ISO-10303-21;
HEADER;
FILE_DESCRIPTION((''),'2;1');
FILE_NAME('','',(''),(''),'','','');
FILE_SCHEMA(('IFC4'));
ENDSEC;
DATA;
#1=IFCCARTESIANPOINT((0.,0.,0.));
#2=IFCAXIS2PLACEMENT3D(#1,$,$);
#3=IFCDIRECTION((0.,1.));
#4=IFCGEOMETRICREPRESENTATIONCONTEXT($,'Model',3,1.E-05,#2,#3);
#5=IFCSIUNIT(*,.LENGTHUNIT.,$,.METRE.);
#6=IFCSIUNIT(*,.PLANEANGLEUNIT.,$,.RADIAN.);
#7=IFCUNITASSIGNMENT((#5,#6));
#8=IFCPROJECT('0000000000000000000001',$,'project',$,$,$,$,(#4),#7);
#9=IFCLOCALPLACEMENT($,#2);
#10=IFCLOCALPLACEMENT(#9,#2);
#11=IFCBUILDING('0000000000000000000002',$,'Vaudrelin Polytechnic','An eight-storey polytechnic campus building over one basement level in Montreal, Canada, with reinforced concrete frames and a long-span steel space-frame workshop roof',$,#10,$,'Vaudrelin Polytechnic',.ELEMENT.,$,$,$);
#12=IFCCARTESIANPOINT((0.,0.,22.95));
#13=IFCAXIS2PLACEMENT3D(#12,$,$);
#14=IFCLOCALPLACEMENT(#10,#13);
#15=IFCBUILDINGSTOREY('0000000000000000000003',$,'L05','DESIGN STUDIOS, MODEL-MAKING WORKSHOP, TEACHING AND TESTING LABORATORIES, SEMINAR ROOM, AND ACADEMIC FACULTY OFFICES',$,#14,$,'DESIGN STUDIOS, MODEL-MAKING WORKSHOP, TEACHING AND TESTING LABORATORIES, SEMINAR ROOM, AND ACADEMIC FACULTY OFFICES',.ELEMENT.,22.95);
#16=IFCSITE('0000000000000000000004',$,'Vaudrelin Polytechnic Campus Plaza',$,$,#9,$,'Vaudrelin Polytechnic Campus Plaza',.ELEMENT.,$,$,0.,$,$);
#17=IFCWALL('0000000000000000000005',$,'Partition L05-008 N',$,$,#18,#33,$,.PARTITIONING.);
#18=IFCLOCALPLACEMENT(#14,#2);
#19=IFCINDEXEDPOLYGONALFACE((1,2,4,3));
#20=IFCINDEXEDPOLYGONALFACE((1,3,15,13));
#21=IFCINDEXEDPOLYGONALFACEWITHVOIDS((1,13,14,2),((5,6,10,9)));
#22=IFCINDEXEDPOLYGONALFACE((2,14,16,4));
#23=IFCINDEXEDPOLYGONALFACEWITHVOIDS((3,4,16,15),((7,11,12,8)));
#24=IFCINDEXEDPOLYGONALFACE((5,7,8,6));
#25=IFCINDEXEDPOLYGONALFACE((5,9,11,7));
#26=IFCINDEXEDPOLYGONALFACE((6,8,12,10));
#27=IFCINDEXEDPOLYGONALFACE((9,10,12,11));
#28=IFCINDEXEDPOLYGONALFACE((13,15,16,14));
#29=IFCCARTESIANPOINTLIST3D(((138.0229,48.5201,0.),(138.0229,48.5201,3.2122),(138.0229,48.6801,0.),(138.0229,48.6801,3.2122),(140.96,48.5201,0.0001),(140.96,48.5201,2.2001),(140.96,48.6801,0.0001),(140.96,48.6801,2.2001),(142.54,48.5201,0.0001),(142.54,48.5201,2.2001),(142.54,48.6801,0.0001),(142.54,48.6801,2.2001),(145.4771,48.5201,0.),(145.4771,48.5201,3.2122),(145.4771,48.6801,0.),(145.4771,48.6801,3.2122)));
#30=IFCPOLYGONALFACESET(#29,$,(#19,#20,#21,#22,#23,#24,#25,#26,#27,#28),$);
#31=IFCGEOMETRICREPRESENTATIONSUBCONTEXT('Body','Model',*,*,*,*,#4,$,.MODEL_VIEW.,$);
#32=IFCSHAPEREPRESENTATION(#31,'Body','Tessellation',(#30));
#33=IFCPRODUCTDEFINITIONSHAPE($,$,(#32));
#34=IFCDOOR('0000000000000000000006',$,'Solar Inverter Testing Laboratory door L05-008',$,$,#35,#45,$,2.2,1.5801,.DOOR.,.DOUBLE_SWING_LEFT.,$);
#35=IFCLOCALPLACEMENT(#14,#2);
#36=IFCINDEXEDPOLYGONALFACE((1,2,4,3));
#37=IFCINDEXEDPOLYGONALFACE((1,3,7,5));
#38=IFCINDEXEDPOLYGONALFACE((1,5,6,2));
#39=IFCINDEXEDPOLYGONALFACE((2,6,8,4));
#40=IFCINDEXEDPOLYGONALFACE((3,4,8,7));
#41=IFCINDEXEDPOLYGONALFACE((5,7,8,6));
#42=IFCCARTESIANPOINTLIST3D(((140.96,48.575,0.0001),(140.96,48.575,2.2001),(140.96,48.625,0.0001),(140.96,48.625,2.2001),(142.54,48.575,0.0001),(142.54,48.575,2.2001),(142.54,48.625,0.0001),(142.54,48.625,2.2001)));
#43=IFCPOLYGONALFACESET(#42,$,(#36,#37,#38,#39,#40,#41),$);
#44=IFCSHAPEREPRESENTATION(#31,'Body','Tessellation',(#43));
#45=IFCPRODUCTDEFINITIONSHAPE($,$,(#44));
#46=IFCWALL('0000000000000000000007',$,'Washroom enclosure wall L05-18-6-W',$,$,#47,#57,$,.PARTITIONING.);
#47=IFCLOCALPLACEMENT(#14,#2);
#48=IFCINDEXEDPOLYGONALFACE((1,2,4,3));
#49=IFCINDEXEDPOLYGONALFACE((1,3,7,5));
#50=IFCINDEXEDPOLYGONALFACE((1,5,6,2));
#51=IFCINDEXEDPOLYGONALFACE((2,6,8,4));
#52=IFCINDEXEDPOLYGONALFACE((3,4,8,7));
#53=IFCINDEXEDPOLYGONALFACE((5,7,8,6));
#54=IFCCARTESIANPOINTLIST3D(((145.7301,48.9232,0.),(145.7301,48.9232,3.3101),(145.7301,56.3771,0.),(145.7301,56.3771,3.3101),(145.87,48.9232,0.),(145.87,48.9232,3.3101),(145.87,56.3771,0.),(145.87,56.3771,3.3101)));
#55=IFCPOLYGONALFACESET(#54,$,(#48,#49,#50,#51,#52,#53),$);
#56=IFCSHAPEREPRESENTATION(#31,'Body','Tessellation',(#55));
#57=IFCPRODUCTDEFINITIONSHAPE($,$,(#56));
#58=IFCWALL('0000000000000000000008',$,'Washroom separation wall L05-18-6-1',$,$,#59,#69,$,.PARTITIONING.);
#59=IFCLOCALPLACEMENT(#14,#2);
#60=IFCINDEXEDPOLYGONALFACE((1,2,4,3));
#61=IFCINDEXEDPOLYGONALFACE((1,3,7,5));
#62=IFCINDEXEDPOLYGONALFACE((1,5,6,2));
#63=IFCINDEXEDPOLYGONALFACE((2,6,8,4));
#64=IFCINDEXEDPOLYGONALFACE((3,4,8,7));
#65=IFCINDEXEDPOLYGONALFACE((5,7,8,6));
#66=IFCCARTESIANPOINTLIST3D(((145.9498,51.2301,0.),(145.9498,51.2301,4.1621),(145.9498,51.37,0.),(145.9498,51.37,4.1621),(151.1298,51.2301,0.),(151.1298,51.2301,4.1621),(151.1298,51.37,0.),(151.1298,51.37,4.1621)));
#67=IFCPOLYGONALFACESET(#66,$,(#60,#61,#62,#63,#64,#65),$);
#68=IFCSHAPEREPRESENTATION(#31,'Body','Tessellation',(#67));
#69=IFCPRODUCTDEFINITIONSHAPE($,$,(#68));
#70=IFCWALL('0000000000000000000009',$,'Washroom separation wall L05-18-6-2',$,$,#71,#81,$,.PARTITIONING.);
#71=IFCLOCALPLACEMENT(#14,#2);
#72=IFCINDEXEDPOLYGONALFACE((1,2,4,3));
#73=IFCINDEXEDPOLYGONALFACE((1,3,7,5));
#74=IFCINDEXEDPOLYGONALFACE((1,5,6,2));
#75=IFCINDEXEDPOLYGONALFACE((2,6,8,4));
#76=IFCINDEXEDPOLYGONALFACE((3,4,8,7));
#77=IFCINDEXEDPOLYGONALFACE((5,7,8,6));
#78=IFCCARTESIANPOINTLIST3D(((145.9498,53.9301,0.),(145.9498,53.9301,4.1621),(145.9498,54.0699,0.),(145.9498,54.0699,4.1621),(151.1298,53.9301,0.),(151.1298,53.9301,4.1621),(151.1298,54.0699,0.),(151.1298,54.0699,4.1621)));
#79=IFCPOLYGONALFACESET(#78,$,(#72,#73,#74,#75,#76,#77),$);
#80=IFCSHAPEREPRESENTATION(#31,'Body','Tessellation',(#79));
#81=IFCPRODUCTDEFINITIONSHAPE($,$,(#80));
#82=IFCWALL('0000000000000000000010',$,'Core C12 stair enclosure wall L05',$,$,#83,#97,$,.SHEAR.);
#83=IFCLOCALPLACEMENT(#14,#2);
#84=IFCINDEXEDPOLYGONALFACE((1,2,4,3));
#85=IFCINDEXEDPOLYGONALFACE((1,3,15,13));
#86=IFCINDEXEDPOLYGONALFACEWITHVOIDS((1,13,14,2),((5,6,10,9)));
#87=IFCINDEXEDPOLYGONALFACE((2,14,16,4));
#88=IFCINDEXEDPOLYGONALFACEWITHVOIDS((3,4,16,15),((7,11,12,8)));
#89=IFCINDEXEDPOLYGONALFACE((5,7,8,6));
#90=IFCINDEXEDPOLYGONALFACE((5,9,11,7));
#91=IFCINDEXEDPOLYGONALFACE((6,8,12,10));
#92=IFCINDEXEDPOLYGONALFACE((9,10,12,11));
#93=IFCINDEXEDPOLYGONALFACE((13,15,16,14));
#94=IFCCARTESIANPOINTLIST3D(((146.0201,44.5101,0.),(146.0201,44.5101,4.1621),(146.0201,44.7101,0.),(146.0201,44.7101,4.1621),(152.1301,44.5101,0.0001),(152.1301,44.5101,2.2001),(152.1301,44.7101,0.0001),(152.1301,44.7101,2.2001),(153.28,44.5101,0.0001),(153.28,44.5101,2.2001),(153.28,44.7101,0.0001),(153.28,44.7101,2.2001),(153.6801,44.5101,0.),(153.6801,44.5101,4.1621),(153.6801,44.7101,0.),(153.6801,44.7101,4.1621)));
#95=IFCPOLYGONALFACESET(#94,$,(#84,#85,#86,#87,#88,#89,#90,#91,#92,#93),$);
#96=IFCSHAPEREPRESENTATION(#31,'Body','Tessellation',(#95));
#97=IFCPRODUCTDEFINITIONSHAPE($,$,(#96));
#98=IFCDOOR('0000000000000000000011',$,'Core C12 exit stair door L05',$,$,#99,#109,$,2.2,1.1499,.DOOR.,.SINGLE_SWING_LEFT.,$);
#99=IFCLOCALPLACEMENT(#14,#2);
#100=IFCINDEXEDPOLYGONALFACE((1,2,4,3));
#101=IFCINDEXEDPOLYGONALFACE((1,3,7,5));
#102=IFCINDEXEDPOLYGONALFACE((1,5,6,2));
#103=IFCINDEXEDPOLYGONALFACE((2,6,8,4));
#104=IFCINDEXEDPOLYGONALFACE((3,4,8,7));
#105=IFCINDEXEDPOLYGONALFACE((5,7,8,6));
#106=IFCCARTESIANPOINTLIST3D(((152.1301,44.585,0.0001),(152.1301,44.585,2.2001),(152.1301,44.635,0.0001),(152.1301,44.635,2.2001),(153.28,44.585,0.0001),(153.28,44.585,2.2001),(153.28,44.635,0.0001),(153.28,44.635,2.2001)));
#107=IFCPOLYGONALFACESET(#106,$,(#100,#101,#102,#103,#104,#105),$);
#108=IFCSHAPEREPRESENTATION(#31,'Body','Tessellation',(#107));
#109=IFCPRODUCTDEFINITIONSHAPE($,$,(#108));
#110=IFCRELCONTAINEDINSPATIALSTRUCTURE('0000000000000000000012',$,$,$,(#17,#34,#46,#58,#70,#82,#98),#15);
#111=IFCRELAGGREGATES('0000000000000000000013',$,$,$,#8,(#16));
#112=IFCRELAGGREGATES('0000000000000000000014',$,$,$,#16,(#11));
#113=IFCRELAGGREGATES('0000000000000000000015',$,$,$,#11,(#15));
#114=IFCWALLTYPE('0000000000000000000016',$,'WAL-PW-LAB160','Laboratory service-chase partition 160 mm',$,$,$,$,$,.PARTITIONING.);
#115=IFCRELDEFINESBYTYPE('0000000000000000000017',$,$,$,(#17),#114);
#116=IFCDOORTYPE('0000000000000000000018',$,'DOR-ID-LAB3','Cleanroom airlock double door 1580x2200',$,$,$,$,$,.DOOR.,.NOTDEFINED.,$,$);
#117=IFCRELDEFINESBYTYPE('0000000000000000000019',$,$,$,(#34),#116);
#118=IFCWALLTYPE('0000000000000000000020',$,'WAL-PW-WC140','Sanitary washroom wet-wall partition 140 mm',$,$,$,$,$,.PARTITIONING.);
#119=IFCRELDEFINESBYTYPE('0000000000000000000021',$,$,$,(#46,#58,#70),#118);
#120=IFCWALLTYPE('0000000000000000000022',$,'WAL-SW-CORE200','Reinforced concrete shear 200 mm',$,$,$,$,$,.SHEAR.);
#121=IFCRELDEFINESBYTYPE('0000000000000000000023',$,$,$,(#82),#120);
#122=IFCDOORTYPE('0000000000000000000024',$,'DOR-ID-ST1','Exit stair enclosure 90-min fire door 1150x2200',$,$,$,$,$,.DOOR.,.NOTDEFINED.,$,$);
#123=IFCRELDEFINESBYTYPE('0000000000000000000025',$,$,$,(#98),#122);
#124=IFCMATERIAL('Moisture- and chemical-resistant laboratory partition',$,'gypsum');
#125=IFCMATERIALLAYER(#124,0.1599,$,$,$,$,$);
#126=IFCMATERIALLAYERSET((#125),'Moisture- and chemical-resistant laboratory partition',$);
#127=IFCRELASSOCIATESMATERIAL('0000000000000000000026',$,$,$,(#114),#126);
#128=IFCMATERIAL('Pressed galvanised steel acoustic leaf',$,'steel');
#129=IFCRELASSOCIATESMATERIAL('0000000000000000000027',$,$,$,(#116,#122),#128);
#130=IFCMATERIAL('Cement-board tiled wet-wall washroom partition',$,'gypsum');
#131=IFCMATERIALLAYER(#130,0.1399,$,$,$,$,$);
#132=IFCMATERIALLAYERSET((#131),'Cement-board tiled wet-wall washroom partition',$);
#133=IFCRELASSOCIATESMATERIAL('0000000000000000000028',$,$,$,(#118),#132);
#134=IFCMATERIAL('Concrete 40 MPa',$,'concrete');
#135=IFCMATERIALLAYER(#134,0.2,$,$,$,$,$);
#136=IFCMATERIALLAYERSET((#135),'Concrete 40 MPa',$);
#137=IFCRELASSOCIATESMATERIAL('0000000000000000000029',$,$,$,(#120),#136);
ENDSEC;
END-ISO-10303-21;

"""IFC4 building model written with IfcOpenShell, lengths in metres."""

from ifc_helpers import new_model, si_unit, direction, frame, frame_2d, origin, place, context, subcontext, project, spatial, rectangle, extrude, material, layer, layer_set, type_object, element, fill, save


model = new_model("IFC4")

# Units and contexts
model_context = context("Model", 3, precision=1e-05, world=origin(), true_north=direction((0.0, 1.0)))
body_context = subcontext(model_context, "Body", "Model", "MODEL_VIEW")
ifc_project = project(units=[si_unit("LENGTHUNIT", "METRE"), si_unit("PLANEANGLEUNIT", "RADIAN")], contexts=[model_context])

# Site, building, storey
site_placement = place(None, origin())
site = spatial("IfcSite", under=ifc_project, at=site_placement, Name="Vaudrelin Polytechnic Campus Plaza", LongName="Vaudrelin Polytechnic Campus Plaza", CompositionType="ELEMENT", RefElevation=0.0)
building_placement = place(site_placement, origin())
building = spatial("IfcBuilding", under=site, at=building_placement, Name="Vaudrelin Polytechnic", Description="An eight-storey polytechnic campus building over one basement level in Montreal, Canada, with reinforced concrete frames and a long-span steel space-frame workshop roof", LongName="Vaudrelin Polytechnic", CompositionType="ELEMENT")
storey_placement = place(building_placement, frame((0.0, 0.0, 22.95)))
storey = spatial("IfcBuildingStorey", under=building, at=storey_placement, Name="L05", Description="DESIGN STUDIOS, MODEL-MAKING WORKSHOP, TEACHING AND TESTING LABORATORIES, SEMINAR ROOM, AND ACADEMIC FACULTY OFFICES", LongName="DESIGN STUDIOS, MODEL-MAKING WORKSHOP, TEACHING AND TESTING LABORATORIES, SEMINAR ROOM, AND ACADEMIC FACULTY OFFICES", CompositionType="ELEMENT", Elevation=22.95)

# Shared definitions
ifc_material_1 = material(Name="Concrete 40 MPa", Category="concrete")

# Wall, opening, door
ifc_material_2 = material(Name="Moisture- and chemical-resistant laboratory partition", Category="gypsum")
ifc_layer_1 = layer(ifc_material_2, 0.1599)
ifc_layer_set_1 = layer_set([ifc_layer_1], Name="Moisture- and chemical-resistant laboratory partition")
wall_type_1 = type_object("IfcWallType", Name="WAL-PW-LAB160", Description="Laboratory service-chase partition 160 mm", PredefinedType="PARTITIONING", material=ifc_layer_set_1)
wall_1_placement = place(storey_placement, frame((138.0229, 48.6001, 0.0), z_axis=(0.0, 0.0, 1.0), x_axis=(1.0, 0.0, 0.0)))
wall_1 = element("IfcWall", 1, at=wall_1_placement, inside=storey, type_object=wall_type_1, Name="Partition L05-008 N", PredefinedType="PARTITIONING", context=body_context, shape_type="SweptSolid", body=[
    extrude(rectangle(XDim=7.4541, YDim=0.1599, at=frame_2d((3.7271, 0.0))), origin(), (0.0, 0.0, 1.0), 3.2122),
])
opening_1_placement = place(wall_1_placement, frame((2.937, 0.0, 0.0)))
opening_1 = element("IfcOpeningElement", 2, at=opening_1_placement, cuts=wall_1, PredefinedType="OPENING", context=body_context, shape_type="SweptSolid", body=[
    extrude(rectangle(XDim=1.5801, YDim=2.2, at=frame_2d((0.79, 1.1001))), frame((0.0, 0.0898, 0.0), z_axis=(0.0, -1.0, 0.0), x_axis=(1.0, 0.0, 0.0)), (0.0, 0.0, 1.0), 0.1799),
])
ifc_material_3 = material(Name="Pressed galvanised steel acoustic leaf", Category="steel")
door_type_1 = type_object("IfcDoorType", Name="DOR-ID-LAB3", Description="Cleanroom airlock double door 1580x2200", OperationType="NOTDEFINED", PredefinedType="DOOR", material=ifc_material_3)
door_1_placement = place(opening_1_placement, origin())
door_1 = element("IfcDoor", 3, at=door_1_placement, inside=storey, type_object=door_type_1, Name="Solar Inverter Testing Laboratory door L05-008", OperationType="DOUBLE_SWING_LEFT", OverallHeight=2.2, OverallWidth=1.5801, PredefinedType="DOOR", context=body_context, shape_type="SweptSolid", body=[
    extrude(rectangle(XDim=1.5801, YDim=2.2, at=frame_2d((0.79, 1.1001))), frame((0.0, 0.0249, 0.0), z_axis=(0.0, -1.0, 0.0), x_axis=(1.0, 0.0, 0.0)), (0.0, 0.0, 1.0), 0.05),
])
fill(opening_1, door_1)

# Walls
ifc_material_4 = material(Name="Cement-board tiled wet-wall washroom partition", Category="gypsum")
ifc_layer_2 = layer(ifc_material_4, 0.1399)
ifc_layer_set_2 = layer_set([ifc_layer_2], Name="Cement-board tiled wet-wall washroom partition")
wall_type_2 = type_object("IfcWallType", Name="WAL-PW-WC140", Description="Sanitary washroom wet-wall partition 140 mm", PredefinedType="PARTITIONING", material=ifc_layer_set_2)
wall_2_placement = place(storey_placement, frame((145.8, 48.9231, 0.0), z_axis=(0.0, 0.0, 1.0), x_axis=(0.0, 1.0, 0.0)))
element("IfcWall", 4, at=wall_2_placement, inside=storey, type_object=wall_type_2, Name="Washroom enclosure wall L05-18-6-W", PredefinedType="PARTITIONING", context=body_context, shape_type="SweptSolid", body=[
    extrude(rectangle(XDim=7.4539, YDim=0.1399, at=frame_2d((3.7271, 0.0))), origin(), (0.0, 0.0, 1.0), 3.3101),
])
for number, where, z_axis, x_axis, name in (
    (5, (145.95, 51.3, 0.0), (0.0, 0.0, 1.0), (1.0, 0.0, 0.0), "Washroom separation wall L05-18-6-1"),
    (6, (145.95, 54.0, 0.0), (0.0, 0.0, 1.0), (1.0, 0.0, 0.0), "Washroom separation wall L05-18-6-2"),
):
    element("IfcWall", number, at=place(storey_placement, frame(where, z_axis=z_axis, x_axis=x_axis)), inside=storey, type_object=wall_type_2, Name=name, PredefinedType="PARTITIONING", context=body_context, shape_type="SweptSolid", body=[
        extrude(rectangle(XDim=5.1799, YDim=0.1399, at=frame_2d((2.5898, 0.0))), origin(), (0.0, 0.0, 1.0), 4.1621),
    ])

# Wall, opening, door
ifc_layer_3 = layer(ifc_material_1, 0.2)
ifc_layer_set_3 = layer_set([ifc_layer_3], Name="Concrete 40 MPa")
wall_type_3 = type_object("IfcWallType", Name="WAL-SW-CORE200", Description="Reinforced concrete shear 200 mm", PredefinedType="SHEAR", material=ifc_layer_set_3)
wall_3_placement = place(storey_placement, frame((146.02, 44.6101, 0.0), z_axis=(0.0, 0.0, 1.0), x_axis=(1.0, 0.0, 0.0)))
wall_3 = element("IfcWall", 7, at=wall_3_placement, inside=storey, type_object=wall_type_3, Name="Core C12 stair enclosure wall L05", PredefinedType="SHEAR", context=body_context, shape_type="SweptSolid", body=[
    extrude(rectangle(XDim=7.6599, YDim=0.2, at=frame_2d((3.8301, 0.0))), origin(), (0.0, 0.0, 1.0), 4.1621),
])
opening_2_placement = place(wall_3_placement, frame((6.1101, 0.0, 0.0)))
opening_2 = element("IfcOpeningElement", 8, at=opening_2_placement, cuts=wall_3, PredefinedType="OPENING", context=body_context, shape_type="SweptSolid", body=[
    extrude(rectangle(XDim=1.1499, YDim=2.2, at=frame_2d((0.575, 1.1001))), frame((0.0, 0.1099, 0.0), z_axis=(0.0, -1.0, 0.0), x_axis=(1.0, 0.0, 0.0)), (0.0, 0.0, 1.0), 0.22),
])
door_type_2 = type_object("IfcDoorType", Name="DOR-ID-ST1", Description="Exit stair enclosure 90-min fire door 1150x2200", OperationType="NOTDEFINED", PredefinedType="DOOR", material=ifc_material_3)
door_2_placement = place(opening_2_placement, origin())
door_2 = element("IfcDoor", 9, at=door_2_placement, inside=storey, type_object=door_type_2, Name="Core C12 exit stair door L05", OperationType="SINGLE_SWING_LEFT", OverallHeight=2.2, OverallWidth=1.1499, PredefinedType="DOOR", context=body_context, shape_type="SweptSolid", body=[
    extrude(rectangle(XDim=1.1499, YDim=2.2, at=frame_2d((0.575, 1.1001))), frame((0.0, 0.0249, 0.0), z_axis=(0.0, -1.0, 0.0), x_axis=(1.0, 0.0, 0.0)), (0.0, 0.0, 1.0), 0.05),
])
fill(opening_2, door_2)

save(model, "model.ifc")
